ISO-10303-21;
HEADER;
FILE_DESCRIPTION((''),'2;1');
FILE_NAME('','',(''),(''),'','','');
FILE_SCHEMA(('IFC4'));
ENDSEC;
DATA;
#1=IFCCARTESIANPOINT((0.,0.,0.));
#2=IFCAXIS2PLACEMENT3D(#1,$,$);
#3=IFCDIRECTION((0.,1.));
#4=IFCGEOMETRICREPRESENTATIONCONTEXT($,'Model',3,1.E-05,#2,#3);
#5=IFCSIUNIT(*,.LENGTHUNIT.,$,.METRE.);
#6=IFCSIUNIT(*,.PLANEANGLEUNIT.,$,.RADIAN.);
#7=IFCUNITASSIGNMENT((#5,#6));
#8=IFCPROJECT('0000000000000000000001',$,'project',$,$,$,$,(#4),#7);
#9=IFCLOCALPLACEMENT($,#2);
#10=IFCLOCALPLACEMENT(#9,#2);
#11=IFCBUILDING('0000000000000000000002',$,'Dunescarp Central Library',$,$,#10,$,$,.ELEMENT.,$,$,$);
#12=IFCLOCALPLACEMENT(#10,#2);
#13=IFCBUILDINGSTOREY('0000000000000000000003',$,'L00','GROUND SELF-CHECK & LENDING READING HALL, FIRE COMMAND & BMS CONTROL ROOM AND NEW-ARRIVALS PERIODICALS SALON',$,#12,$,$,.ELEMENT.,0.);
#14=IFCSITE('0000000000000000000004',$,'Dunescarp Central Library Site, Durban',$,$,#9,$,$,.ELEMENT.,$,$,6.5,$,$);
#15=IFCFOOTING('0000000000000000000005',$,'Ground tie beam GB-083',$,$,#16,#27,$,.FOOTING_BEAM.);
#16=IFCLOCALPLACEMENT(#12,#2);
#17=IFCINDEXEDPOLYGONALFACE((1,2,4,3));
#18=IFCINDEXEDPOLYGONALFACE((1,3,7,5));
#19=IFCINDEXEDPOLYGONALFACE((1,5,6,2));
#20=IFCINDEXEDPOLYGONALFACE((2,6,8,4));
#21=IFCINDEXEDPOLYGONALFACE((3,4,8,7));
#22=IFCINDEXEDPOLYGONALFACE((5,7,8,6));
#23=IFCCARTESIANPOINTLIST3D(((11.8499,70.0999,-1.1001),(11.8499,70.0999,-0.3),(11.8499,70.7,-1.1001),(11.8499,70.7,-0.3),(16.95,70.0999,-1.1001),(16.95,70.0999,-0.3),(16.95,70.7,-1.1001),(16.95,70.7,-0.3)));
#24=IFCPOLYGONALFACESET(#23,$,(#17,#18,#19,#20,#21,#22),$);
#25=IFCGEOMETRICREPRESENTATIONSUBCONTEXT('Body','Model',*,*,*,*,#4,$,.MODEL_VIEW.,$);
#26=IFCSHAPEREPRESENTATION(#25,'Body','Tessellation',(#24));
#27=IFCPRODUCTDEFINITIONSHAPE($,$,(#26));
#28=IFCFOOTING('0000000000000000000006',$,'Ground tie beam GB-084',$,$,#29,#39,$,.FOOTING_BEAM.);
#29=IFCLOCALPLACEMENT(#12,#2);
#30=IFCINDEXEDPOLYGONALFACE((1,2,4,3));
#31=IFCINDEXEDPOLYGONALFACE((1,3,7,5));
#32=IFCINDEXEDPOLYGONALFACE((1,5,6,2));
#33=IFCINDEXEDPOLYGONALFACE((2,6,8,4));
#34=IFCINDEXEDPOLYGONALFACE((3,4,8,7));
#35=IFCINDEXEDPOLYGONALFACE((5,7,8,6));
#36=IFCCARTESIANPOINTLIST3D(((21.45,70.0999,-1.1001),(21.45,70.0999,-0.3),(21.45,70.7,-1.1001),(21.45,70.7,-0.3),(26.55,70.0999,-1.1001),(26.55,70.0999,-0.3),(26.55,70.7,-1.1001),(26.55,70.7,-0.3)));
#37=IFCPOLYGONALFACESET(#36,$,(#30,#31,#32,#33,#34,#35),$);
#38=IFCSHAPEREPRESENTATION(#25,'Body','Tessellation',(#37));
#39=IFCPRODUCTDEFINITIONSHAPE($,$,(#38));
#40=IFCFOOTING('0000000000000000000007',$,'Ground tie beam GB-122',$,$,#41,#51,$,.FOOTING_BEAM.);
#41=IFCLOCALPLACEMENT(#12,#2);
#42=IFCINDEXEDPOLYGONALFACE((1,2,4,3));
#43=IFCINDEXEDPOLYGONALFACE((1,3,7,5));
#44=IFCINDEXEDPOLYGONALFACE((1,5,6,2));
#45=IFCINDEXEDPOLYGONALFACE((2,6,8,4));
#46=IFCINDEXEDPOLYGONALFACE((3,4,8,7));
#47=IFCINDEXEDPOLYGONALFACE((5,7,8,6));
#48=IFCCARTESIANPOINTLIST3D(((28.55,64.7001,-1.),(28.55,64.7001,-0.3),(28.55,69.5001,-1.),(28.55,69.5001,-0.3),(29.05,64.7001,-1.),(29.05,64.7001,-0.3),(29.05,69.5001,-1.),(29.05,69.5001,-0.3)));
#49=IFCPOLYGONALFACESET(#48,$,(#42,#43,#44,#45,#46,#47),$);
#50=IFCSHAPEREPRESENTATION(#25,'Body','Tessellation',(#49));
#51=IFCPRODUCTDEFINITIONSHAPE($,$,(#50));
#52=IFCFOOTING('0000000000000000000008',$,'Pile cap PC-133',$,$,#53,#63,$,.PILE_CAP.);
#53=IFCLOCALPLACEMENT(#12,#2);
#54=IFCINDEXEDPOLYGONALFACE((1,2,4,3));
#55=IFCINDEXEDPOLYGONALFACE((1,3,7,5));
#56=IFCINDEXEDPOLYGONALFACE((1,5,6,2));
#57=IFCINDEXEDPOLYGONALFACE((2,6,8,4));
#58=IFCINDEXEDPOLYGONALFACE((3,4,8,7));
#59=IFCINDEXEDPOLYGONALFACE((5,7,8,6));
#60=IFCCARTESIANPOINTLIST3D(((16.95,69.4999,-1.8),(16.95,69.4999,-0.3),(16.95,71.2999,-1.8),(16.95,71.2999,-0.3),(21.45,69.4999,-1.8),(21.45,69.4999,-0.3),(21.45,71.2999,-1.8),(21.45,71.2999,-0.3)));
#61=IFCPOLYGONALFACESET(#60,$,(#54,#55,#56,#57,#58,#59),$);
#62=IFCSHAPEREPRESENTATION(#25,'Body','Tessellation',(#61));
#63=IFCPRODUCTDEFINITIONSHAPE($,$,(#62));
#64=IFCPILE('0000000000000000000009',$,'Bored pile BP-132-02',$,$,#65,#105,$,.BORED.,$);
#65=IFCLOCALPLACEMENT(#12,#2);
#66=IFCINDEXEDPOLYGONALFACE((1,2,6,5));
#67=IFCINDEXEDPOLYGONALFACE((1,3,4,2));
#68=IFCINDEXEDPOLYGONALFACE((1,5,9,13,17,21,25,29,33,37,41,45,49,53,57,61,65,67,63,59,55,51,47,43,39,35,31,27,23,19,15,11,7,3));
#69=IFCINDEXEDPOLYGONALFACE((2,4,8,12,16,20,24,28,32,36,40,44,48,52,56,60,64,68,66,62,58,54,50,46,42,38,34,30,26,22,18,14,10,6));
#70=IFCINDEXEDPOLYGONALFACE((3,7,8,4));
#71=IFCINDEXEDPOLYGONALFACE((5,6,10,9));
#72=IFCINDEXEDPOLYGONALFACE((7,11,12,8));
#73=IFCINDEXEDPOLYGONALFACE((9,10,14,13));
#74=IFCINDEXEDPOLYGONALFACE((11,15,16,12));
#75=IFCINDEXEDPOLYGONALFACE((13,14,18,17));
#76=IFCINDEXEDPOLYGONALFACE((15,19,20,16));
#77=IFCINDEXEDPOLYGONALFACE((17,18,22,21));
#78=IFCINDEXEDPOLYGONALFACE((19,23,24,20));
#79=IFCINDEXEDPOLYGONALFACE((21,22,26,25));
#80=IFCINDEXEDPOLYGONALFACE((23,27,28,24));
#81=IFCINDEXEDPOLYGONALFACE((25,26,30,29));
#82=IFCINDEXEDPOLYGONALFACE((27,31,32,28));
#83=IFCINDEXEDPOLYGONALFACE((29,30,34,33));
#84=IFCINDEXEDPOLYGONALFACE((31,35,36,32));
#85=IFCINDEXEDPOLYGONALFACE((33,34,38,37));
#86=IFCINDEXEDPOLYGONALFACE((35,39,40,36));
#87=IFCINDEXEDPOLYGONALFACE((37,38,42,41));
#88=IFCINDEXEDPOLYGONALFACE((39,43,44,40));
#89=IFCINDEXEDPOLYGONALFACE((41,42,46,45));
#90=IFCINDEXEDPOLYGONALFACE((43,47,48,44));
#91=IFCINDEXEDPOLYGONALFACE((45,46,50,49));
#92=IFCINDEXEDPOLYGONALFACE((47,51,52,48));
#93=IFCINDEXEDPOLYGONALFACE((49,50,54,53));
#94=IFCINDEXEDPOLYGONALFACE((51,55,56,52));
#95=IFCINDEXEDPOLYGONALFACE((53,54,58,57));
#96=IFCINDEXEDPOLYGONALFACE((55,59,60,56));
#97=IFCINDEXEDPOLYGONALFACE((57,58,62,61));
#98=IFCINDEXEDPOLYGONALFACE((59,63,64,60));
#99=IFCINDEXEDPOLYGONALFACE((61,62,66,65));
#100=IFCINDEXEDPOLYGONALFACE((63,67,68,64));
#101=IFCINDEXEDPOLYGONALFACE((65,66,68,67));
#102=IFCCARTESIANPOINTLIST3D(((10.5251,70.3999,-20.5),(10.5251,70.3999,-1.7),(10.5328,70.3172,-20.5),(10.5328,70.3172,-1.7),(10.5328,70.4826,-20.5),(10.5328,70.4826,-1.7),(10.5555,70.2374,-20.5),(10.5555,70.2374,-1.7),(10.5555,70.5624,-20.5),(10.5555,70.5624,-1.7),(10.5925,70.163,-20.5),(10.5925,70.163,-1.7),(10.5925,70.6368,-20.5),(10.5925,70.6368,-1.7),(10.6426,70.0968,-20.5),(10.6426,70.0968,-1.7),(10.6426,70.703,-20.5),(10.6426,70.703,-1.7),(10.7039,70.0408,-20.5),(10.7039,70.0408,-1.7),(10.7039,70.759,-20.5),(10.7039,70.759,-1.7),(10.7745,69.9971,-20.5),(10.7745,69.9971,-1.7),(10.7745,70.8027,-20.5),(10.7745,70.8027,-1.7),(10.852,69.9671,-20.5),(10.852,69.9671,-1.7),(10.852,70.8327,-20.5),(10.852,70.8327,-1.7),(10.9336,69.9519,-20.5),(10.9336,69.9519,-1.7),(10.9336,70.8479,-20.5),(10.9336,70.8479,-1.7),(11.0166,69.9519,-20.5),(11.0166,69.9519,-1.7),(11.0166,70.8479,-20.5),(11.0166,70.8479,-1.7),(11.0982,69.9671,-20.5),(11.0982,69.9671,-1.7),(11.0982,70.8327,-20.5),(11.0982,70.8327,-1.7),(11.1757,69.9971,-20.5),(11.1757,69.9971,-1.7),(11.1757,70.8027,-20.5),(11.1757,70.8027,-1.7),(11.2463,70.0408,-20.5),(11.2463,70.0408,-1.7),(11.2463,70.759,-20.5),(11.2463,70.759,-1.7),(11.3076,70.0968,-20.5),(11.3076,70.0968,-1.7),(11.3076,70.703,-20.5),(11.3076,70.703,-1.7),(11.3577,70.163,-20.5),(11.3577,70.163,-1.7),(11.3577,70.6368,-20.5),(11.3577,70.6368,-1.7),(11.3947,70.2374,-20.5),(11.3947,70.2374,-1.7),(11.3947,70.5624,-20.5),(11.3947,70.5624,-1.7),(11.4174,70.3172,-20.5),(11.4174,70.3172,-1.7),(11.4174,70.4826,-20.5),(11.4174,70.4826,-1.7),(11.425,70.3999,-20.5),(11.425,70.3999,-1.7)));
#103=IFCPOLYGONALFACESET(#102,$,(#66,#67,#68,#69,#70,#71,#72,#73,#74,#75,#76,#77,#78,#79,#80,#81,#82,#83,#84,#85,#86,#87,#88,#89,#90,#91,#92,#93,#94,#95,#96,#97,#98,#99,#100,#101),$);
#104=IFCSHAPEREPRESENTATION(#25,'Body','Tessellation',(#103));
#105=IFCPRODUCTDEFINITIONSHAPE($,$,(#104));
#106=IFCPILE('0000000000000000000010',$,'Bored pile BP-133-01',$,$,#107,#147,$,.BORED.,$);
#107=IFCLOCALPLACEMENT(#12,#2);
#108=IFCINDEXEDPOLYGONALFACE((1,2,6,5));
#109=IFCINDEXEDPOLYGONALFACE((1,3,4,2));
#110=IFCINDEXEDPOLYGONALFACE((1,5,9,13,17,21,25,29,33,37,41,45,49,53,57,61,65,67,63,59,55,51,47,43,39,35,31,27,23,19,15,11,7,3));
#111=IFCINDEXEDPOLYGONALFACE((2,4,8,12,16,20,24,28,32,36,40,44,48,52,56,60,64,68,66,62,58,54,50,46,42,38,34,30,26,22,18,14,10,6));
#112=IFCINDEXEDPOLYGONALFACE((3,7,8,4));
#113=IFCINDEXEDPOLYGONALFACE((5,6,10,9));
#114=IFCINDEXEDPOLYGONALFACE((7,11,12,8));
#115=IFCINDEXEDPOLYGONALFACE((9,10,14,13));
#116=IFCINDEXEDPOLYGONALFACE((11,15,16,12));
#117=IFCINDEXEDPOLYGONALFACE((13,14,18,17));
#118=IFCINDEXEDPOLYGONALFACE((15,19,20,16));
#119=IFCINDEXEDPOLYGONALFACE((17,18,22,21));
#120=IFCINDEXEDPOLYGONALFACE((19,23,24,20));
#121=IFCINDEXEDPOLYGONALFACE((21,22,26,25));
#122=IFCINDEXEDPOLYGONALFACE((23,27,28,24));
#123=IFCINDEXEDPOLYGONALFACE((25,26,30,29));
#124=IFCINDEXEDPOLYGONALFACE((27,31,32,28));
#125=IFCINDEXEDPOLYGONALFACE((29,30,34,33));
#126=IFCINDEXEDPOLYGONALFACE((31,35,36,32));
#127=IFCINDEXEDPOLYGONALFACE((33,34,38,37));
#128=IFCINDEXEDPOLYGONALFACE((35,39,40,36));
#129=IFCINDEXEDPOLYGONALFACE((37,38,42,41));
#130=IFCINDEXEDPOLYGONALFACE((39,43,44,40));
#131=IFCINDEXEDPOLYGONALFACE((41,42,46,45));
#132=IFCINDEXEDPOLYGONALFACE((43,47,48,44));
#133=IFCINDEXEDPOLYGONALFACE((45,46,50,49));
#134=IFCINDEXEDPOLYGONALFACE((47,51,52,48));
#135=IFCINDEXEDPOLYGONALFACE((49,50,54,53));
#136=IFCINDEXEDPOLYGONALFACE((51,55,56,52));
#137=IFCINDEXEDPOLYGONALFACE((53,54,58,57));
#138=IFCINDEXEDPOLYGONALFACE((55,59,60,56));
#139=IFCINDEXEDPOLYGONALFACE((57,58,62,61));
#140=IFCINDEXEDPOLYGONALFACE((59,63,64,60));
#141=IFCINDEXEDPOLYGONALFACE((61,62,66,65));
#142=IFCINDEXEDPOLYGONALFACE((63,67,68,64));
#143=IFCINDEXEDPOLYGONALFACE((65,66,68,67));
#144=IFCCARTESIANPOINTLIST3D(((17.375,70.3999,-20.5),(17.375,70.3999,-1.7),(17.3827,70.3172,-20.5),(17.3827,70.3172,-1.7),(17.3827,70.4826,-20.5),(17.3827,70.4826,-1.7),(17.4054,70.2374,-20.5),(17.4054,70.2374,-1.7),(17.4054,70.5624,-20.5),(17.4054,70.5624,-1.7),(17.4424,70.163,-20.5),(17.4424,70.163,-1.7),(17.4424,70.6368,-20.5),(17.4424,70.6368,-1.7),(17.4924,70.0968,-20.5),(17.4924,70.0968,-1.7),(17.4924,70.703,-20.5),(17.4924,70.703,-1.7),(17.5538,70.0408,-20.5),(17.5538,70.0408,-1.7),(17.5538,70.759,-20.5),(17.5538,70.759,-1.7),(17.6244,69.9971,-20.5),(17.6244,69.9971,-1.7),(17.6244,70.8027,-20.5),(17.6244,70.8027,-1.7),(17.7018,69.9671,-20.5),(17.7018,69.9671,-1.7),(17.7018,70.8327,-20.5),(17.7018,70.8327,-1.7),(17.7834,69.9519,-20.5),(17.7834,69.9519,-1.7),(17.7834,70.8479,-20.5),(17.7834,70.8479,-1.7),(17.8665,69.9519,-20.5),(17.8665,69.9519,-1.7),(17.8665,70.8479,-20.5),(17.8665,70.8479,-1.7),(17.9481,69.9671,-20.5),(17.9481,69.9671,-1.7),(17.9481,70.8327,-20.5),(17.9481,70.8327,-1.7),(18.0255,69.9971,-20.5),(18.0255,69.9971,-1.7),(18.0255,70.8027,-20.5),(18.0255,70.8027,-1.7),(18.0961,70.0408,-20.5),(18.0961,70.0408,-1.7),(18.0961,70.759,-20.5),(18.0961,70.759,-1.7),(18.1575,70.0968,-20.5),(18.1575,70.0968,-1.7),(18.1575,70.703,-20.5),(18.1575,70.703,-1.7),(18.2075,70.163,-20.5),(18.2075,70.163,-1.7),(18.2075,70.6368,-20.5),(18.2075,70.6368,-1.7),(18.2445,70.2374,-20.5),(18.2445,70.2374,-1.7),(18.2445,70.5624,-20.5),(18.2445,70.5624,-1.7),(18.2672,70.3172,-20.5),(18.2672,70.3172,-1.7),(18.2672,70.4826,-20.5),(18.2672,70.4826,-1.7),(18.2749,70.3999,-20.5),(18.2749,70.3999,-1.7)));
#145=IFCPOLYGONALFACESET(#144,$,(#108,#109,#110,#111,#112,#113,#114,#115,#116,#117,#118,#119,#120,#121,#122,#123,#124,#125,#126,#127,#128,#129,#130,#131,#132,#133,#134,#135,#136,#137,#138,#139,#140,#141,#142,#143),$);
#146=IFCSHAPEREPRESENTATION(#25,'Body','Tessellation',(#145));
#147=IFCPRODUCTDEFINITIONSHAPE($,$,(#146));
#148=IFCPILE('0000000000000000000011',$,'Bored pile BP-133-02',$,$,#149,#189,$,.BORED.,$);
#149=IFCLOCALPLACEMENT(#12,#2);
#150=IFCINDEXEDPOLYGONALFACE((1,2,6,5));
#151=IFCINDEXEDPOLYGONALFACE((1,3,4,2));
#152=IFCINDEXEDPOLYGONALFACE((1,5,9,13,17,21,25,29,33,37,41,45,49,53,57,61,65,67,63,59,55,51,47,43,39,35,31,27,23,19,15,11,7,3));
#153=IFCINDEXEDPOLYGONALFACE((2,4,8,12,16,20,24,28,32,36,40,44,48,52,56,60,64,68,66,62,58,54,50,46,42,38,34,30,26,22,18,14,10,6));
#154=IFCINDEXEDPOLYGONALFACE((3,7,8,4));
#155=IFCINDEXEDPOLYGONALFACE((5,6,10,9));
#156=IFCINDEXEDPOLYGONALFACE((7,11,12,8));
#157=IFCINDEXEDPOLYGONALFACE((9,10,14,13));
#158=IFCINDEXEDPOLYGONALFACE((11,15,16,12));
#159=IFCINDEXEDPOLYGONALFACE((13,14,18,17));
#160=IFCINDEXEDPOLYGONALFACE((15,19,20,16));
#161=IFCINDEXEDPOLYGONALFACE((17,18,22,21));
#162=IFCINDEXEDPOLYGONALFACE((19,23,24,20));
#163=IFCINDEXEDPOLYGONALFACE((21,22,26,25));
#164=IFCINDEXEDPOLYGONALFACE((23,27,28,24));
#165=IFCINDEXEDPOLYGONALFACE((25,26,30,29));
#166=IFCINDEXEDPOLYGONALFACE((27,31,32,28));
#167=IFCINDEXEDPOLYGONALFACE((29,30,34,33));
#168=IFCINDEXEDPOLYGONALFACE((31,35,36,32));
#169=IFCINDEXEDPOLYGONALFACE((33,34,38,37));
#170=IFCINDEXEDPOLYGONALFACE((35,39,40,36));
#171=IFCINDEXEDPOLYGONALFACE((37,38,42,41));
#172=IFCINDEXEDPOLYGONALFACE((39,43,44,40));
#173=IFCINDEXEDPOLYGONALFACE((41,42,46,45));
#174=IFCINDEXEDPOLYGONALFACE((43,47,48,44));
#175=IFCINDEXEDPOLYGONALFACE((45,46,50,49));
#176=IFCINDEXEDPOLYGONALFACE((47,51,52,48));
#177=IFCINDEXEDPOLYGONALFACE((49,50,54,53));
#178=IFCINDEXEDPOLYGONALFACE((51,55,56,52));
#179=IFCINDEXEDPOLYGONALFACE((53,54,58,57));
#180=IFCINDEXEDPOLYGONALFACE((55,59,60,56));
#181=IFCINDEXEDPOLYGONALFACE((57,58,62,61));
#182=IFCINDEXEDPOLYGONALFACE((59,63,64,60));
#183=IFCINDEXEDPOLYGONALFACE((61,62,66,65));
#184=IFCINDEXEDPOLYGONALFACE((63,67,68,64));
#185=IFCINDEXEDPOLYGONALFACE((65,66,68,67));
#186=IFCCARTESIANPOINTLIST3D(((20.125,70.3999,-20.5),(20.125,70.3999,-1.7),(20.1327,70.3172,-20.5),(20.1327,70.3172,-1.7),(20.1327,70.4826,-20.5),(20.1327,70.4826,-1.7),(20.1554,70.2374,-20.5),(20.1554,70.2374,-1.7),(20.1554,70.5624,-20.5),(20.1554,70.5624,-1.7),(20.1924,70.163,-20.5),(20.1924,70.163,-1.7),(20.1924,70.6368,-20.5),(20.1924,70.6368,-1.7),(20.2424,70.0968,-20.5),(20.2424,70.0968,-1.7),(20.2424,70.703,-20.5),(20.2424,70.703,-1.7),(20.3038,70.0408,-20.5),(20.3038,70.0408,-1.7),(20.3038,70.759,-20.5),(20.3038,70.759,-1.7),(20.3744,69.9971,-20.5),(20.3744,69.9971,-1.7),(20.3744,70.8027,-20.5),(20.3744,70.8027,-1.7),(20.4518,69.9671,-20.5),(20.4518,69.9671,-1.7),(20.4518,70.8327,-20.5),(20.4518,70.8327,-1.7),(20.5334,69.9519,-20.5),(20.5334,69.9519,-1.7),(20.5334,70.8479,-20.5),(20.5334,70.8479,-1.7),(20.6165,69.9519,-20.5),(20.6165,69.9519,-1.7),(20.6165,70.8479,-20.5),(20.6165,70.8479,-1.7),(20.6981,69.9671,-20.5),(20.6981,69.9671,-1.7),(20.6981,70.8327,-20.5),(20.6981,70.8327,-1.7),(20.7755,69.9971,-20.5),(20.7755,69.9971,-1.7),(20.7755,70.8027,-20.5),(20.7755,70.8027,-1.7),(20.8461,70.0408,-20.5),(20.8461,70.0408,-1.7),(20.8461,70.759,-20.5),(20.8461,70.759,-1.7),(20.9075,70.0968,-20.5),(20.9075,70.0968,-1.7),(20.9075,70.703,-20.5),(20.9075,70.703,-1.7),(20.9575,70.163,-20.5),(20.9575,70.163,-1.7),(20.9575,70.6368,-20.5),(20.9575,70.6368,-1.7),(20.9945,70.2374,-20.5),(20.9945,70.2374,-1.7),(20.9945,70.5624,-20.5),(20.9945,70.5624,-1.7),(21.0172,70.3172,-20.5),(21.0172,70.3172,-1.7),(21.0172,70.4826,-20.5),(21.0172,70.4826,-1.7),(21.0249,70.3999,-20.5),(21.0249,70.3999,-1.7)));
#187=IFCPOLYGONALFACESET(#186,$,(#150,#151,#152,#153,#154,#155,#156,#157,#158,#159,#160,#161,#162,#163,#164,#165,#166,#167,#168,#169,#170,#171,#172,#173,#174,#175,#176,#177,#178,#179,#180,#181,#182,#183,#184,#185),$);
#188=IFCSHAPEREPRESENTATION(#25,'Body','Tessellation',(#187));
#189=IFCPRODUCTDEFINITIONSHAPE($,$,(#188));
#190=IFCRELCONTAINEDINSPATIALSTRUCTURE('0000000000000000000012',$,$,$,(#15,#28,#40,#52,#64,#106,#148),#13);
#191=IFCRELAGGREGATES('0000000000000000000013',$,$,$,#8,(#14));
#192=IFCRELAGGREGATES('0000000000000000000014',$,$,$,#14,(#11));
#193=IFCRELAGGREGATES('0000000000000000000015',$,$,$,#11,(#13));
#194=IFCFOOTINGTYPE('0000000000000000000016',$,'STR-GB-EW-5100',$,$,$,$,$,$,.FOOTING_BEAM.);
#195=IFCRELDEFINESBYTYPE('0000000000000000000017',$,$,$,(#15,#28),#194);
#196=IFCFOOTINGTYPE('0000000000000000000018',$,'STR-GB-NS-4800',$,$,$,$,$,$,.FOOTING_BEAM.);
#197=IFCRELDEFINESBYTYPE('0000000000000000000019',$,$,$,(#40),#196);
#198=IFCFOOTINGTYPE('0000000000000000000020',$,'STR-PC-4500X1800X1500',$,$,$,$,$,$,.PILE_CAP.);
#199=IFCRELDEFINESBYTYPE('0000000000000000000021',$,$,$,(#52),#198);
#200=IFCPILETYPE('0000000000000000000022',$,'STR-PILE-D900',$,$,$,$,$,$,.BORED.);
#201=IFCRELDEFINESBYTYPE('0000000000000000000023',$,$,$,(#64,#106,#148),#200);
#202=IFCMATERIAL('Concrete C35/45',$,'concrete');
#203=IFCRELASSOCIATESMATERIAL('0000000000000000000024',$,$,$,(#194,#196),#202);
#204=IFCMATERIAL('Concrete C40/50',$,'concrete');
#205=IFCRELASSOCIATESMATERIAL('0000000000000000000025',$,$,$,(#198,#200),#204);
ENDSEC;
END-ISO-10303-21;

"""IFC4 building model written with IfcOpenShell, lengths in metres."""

from ifc_helpers import new_model, si_unit, direction, frame, origin, origin_2d, place, context, subcontext, project, spatial, rectangle, circle, extrude, material, material_profile, profile_set, type_object, element, save


model = new_model("IFC4")

# Units and contexts
model_context = context("Model", 3, precision=1e-05, world=origin(), true_north=direction((0.0, 1.0)))
body_context = subcontext(model_context, "Body", "Model", "MODEL_VIEW")
ifc_project = project(units=[si_unit("LENGTHUNIT", "METRE"), si_unit("PLANEANGLEUNIT", "RADIAN")], contexts=[model_context])

# Site, building, storey
site_placement = place(None, origin())
site = spatial("IfcSite", under=ifc_project, at=site_placement, Name="Dunescarp Central Library Site, Durban", CompositionType="ELEMENT", RefElevation=6.5)
building_placement = place(site_placement, origin())
building = spatial("IfcBuilding", under=site, at=building_placement, Name="Dunescarp Central Library", CompositionType="ELEMENT")
storey_placement = place(building_placement, origin())
storey = spatial("IfcBuildingStorey", under=building, at=storey_placement, Name="L00", Description="GROUND SELF-CHECK & LENDING READING HALL, FIRE COMMAND & BMS CONTROL ROOM AND NEW-ARRIVALS PERIODICALS SALON", CompositionType="ELEMENT", Elevation=0.0)

# Footings
ifc_material_1 = material(Name="Concrete C35/45", Category="concrete")
footing_type_1 = type_object("IfcFootingType", Name="STR-GB-EW-5100", PredefinedType="FOOTING_BEAM", material=ifc_material_1)
for number, where, z_axis, x_axis, name in (
    (1, (14.3999, 70.3999, -1.1001), (0.0, 0.0, 1.0), (1.0, 0.0, 0.0), "Ground tie beam GB-083"),
    (2, (24.0, 70.3999, -1.1001), (0.0, 0.0, 1.0), (1.0, 0.0, 0.0), "Ground tie beam GB-084"),
):
    element("IfcFooting", number, at=place(storey_placement, frame(where, z_axis=z_axis, x_axis=x_axis)), inside=storey, type_object=footing_type_1, Name=name, PredefinedType="FOOTING_BEAM", context=body_context, shape_type="SweptSolid", body=[
        extrude(rectangle(XDim=5.1001, YDim=0.6001, at=origin_2d()), origin(), (0.0, 0.0, 1.0), 0.8),
    ])
footing_type_2 = type_object("IfcFootingType", Name="STR-GB-NS-4800", PredefinedType="FOOTING_BEAM", material=ifc_material_1)
footing_1_placement = place(storey_placement, frame((28.8, 67.1001, -1.0), z_axis=(0.0, 0.0, 1.0), x_axis=(0.0, 1.0, 0.0)))
element("IfcFooting", 3, at=footing_1_placement, inside=storey, type_object=footing_type_2, Name="Ground tie beam GB-122", PredefinedType="FOOTING_BEAM", context=body_context, shape_type="SweptSolid", body=[
    extrude(rectangle(XDim=4.8, YDim=0.5, at=origin_2d()), origin(), (0.0, 0.0, 1.0), 0.7),
])
ifc_material_2 = material(Name="Concrete C40/50", Category="concrete")
footing_type_3 = type_object("IfcFootingType", Name="STR-PC-4500X1800X1500", PredefinedType="PILE_CAP", material=ifc_material_2)
footing_2_placement = place(storey_placement, frame((19.2, 70.3999, -1.8), z_axis=(0.0, 0.0, 1.0), x_axis=(1.0, 0.0, 0.0)))
element("IfcFooting", 4, at=footing_2_placement, inside=storey, type_object=footing_type_3, Name="Pile cap PC-133", PredefinedType="PILE_CAP", context=body_context, shape_type="SweptSolid", body=[
    extrude(rectangle(XDim=4.5, YDim=1.8, at=origin_2d()), origin(), (0.0, 0.0, 1.0), 1.5),
])

# Piles
ifc_material_profile_1 = material_profile(ifc_material_2, circle(Radius=0.45, at=origin_2d()), Name="PILE D900")
ifc_profile_set_1 = profile_set([ifc_material_profile_1], Name="Concrete C40/50")
pile_type = type_object("IfcPileType", Name="STR-PILE-D900", PredefinedType="BORED", material=ifc_profile_set_1)
for number, where, z_axis, x_axis, name in (
    (5, (10.9751, 70.3999, -1.7), (0.0, 0.0, -1.0), (1.0, 0.0, 0.0), "Bored pile BP-132-02"),
    (6, (17.825, 70.3999, -1.7), (0.0, 0.0, -1.0), (1.0, 0.0, 0.0), "Bored pile BP-133-01"),
    (7, (20.575, 70.3999, -1.7), (0.0, 0.0, -1.0), (1.0, 0.0, 0.0), "Bored pile BP-133-02"),
):
    element("IfcPile", number, at=place(storey_placement, frame(where, z_axis=z_axis, x_axis=x_axis)), inside=storey, type_object=pile_type, Name=name, PredefinedType="BORED", context=body_context, shape_type="SweptSolid", body=[
        extrude(circle(Radius=0.45, at=origin_2d()), origin(), (0.0, 0.0, 1.0), 18.8),
    ])

save(model, "model.ifc")
